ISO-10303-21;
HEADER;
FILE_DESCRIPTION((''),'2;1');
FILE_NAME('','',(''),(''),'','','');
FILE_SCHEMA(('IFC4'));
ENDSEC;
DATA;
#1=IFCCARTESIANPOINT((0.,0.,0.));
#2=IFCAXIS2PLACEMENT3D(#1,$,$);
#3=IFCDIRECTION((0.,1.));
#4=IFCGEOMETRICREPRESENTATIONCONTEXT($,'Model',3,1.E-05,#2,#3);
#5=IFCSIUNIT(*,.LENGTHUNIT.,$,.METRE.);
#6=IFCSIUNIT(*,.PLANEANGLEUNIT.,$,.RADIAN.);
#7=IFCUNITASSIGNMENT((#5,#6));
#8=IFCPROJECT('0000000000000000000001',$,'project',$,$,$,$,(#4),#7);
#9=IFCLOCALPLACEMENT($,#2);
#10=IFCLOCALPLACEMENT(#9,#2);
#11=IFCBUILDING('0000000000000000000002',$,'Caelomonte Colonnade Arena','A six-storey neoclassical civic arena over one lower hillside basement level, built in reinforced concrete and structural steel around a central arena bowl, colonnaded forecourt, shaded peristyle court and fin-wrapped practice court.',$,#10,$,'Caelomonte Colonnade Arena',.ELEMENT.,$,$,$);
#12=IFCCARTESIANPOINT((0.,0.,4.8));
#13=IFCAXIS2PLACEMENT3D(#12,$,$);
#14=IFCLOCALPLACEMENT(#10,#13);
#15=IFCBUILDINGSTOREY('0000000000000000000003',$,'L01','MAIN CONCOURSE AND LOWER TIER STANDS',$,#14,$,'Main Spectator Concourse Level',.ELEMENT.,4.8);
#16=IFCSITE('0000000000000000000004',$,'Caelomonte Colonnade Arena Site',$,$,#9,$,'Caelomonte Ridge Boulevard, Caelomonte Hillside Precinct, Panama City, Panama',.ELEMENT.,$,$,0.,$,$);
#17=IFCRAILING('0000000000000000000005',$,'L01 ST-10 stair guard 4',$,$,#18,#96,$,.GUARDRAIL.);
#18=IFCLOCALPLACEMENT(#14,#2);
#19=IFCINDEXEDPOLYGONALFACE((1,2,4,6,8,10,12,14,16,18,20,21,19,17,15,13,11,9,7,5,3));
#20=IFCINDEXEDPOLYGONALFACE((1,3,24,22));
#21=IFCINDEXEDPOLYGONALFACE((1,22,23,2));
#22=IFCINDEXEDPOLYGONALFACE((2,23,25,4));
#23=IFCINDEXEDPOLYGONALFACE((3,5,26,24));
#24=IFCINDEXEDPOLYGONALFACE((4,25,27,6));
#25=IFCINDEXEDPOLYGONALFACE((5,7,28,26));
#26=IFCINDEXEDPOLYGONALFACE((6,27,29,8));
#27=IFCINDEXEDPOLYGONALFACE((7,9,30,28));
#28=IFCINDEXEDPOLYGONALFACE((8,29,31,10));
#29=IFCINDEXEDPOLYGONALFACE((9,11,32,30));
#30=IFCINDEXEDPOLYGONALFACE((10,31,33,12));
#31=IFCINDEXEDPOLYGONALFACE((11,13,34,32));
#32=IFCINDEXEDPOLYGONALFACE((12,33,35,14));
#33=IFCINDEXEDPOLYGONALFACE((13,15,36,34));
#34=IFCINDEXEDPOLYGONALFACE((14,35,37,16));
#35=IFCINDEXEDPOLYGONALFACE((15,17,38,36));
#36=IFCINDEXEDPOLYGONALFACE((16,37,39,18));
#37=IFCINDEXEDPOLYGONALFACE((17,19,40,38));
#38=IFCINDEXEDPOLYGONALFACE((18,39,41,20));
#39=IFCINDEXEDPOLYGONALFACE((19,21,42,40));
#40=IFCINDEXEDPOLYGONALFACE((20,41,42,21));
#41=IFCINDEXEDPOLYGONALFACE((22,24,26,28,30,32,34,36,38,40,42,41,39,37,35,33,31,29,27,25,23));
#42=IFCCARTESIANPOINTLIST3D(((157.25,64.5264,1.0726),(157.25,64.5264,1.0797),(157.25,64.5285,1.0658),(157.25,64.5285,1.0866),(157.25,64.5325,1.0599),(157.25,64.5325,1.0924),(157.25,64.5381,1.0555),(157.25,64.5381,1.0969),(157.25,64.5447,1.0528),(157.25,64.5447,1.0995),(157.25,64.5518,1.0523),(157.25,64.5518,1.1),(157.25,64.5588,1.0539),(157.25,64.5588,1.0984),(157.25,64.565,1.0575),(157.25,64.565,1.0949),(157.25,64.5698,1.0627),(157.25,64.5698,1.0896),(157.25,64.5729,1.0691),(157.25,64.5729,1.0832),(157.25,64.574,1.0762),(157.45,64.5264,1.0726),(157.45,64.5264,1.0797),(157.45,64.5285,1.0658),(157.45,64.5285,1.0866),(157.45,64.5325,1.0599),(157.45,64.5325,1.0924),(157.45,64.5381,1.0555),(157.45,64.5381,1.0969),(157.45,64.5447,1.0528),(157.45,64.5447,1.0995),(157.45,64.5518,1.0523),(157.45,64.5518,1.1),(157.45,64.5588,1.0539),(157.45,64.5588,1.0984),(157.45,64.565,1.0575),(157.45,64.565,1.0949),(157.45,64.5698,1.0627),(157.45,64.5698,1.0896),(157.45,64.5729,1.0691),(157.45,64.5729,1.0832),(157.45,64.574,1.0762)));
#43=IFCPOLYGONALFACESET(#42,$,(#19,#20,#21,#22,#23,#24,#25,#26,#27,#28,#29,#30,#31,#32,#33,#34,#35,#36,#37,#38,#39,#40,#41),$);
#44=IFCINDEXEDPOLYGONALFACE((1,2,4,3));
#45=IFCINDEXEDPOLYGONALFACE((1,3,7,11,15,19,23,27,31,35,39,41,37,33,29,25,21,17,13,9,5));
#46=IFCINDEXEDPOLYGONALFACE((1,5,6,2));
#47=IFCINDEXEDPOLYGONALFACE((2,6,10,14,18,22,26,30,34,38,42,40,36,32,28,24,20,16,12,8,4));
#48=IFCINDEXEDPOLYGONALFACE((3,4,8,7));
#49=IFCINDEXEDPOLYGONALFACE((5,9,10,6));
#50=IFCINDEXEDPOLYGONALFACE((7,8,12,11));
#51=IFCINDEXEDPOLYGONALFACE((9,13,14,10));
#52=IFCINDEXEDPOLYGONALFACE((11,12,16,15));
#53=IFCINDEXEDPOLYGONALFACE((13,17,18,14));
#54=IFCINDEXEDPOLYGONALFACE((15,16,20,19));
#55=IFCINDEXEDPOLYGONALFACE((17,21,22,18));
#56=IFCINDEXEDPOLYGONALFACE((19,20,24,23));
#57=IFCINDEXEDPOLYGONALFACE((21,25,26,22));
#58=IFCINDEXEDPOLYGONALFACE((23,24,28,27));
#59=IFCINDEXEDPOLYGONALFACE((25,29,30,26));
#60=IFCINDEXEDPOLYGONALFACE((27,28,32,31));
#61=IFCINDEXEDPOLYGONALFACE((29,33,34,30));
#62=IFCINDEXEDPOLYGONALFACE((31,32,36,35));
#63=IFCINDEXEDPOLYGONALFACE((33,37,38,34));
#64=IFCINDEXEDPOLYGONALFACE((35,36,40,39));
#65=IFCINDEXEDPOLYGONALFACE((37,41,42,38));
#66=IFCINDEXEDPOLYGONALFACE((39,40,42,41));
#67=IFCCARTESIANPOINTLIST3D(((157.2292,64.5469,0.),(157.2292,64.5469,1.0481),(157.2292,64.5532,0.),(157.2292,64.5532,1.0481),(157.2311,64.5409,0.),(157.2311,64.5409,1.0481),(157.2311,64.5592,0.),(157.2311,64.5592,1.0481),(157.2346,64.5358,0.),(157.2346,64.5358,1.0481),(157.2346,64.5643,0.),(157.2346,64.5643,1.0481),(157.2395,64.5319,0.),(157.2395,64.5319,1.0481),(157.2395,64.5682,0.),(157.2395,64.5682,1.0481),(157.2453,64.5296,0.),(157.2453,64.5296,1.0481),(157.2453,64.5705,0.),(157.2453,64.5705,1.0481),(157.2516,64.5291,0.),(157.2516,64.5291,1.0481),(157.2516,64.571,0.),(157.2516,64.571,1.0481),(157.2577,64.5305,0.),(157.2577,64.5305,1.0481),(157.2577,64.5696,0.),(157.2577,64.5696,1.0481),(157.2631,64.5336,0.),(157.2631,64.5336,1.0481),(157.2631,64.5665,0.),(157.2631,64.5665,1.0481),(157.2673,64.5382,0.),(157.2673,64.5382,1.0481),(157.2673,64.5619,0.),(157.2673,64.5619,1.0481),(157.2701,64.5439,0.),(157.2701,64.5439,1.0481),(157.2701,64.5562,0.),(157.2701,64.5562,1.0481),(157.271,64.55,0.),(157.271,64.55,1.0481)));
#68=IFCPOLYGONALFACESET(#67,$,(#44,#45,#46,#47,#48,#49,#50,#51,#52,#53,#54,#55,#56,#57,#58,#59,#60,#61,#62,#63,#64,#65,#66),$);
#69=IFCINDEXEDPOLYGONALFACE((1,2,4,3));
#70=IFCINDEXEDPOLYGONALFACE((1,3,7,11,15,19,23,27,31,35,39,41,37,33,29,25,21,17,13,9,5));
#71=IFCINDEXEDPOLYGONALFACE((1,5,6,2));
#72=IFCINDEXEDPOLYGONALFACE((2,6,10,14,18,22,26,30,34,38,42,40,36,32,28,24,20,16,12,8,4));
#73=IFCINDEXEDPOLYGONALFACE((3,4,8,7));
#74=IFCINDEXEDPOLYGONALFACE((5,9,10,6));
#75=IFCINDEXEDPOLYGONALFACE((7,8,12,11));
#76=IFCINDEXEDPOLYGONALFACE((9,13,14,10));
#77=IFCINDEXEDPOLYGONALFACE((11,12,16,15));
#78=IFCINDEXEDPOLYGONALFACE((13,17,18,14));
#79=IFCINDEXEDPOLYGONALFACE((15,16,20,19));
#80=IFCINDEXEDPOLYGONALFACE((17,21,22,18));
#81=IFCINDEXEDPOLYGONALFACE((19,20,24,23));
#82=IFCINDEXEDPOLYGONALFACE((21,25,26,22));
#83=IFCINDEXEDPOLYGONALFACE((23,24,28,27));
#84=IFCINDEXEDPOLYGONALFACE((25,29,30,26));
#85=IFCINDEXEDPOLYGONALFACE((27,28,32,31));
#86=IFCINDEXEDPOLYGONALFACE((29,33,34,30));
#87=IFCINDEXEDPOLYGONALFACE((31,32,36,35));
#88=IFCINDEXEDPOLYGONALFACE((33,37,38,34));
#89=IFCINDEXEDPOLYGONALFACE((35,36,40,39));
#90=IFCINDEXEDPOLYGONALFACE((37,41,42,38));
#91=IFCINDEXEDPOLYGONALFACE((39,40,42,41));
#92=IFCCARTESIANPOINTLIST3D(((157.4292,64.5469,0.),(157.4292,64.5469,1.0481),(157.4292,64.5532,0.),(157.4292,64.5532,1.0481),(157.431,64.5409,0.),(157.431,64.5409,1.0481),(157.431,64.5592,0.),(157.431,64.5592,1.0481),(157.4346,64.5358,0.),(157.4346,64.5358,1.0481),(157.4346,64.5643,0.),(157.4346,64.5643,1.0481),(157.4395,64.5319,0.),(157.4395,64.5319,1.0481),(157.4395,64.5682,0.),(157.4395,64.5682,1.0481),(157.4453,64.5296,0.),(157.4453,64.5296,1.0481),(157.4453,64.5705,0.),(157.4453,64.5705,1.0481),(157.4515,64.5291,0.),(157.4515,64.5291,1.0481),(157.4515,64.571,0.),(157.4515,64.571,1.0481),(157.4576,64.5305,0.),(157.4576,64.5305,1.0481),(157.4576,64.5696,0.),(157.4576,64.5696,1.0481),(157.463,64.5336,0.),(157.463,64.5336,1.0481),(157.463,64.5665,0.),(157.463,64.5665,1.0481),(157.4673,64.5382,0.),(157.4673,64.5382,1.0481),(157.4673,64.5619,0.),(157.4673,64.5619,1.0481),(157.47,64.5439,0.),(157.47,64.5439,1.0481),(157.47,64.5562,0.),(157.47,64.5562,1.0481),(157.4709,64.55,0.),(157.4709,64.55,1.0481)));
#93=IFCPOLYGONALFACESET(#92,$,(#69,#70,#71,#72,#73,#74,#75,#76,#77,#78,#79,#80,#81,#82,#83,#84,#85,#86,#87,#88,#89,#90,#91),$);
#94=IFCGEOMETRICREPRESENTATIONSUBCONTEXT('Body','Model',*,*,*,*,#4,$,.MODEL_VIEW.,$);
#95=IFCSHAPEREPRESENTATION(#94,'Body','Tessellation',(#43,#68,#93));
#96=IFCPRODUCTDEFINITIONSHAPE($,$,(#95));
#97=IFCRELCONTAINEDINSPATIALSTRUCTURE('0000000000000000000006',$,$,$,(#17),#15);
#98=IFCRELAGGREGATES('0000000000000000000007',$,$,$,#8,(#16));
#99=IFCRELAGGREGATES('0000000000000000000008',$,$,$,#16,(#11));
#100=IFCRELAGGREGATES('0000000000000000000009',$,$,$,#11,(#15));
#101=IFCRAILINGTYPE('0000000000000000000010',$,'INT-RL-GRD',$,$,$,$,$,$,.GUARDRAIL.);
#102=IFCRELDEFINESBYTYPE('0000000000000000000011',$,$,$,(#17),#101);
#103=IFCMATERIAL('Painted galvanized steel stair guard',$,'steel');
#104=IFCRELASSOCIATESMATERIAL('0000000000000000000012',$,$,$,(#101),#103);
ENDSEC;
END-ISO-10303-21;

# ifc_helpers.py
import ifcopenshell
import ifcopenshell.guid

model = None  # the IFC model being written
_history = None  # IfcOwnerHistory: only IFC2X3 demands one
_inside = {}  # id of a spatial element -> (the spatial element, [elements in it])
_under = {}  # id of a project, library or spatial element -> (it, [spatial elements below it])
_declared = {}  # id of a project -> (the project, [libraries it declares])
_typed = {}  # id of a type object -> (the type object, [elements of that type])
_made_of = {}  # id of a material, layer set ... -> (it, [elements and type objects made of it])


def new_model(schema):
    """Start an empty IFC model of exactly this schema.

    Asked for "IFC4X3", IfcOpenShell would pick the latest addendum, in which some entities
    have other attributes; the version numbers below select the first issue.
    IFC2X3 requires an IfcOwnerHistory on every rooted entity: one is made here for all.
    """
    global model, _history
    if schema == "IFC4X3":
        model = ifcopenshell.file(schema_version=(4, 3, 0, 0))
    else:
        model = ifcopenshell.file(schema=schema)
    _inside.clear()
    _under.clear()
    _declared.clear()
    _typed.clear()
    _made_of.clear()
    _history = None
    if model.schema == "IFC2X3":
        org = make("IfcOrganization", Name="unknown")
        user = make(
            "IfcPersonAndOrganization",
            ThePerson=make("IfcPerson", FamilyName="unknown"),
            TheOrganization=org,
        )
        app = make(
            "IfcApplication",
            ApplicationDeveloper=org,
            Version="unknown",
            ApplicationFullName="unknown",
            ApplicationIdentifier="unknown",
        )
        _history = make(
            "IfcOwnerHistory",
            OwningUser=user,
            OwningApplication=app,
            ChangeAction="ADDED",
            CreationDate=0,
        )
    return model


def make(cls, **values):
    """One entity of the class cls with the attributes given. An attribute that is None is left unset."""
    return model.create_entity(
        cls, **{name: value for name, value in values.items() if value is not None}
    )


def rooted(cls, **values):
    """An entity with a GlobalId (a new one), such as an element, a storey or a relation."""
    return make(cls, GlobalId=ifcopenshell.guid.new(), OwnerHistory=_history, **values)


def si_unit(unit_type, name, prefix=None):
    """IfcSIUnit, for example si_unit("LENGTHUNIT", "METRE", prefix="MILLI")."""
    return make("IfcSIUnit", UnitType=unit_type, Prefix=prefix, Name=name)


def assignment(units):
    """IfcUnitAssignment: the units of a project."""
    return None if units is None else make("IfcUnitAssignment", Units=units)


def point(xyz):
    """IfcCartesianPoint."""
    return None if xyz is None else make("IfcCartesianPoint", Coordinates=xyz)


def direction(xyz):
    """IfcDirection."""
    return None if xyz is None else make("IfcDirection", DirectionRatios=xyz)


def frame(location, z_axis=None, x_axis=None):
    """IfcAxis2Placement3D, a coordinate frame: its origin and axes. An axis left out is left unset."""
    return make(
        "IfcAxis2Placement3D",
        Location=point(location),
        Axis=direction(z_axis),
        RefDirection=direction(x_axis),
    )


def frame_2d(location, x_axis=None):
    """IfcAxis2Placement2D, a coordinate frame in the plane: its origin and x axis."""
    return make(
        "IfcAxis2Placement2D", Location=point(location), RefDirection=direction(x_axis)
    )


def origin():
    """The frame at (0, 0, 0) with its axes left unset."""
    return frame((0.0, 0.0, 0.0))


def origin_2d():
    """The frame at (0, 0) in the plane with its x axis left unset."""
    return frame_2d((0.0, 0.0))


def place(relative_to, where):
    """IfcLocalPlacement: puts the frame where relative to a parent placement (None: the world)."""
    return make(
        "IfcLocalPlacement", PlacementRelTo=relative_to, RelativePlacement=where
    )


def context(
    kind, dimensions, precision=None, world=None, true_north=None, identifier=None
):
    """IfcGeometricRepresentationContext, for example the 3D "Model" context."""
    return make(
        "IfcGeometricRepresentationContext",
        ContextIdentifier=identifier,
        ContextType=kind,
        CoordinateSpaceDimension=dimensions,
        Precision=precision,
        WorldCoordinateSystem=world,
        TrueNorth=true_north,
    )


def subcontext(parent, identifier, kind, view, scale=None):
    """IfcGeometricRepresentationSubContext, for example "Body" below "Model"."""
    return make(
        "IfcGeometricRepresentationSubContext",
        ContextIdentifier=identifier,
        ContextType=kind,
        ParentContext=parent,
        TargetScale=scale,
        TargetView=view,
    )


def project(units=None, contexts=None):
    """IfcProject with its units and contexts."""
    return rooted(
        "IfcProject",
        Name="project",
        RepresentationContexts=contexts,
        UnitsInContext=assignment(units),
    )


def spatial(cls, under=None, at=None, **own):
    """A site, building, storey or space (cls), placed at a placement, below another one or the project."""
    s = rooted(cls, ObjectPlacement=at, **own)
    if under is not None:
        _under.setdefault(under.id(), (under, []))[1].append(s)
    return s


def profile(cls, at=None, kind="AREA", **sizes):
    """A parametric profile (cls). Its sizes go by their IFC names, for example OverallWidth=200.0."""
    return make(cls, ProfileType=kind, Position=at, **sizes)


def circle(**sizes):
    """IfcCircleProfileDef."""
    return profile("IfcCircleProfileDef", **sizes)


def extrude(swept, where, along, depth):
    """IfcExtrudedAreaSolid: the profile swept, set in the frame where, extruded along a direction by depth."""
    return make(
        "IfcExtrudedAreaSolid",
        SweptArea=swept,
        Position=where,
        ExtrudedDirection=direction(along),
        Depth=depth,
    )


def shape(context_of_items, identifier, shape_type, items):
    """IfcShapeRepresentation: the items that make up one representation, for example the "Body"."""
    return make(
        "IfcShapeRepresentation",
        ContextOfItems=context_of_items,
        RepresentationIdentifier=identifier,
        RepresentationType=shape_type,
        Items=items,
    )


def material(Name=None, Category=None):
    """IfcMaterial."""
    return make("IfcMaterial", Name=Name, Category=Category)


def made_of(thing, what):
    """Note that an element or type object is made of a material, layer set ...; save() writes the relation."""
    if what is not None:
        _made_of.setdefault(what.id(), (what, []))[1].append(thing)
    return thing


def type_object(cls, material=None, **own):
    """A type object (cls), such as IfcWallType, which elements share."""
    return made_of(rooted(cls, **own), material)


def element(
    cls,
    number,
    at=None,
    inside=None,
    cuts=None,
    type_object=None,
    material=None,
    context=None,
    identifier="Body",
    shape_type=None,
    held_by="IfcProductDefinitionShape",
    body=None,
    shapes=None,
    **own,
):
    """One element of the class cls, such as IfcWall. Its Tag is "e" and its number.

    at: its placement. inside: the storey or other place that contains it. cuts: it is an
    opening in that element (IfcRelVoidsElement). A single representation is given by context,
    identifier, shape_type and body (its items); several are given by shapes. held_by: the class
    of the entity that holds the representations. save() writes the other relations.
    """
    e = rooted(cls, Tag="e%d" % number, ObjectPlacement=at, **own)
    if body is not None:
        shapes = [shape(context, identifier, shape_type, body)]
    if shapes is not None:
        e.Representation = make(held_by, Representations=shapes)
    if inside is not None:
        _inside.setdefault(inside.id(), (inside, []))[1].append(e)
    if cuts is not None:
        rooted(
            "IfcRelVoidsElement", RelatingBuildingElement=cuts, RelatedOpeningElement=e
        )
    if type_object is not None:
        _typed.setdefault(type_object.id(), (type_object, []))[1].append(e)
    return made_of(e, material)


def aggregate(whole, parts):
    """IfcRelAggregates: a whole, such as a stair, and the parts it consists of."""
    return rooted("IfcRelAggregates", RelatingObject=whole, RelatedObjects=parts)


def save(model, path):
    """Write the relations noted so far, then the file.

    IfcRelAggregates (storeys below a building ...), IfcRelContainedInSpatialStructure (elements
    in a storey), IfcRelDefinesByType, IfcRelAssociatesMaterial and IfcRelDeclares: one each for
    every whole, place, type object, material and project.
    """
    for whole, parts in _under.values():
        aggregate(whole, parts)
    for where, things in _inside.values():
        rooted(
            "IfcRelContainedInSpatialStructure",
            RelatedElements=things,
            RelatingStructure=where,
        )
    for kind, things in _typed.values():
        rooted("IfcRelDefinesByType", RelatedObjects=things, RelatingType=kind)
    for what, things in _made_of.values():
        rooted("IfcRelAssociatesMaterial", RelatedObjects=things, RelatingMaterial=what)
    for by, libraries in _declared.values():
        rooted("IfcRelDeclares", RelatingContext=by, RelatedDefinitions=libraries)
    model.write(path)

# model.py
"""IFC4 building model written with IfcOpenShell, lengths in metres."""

from ifc_helpers import new_model, si_unit, direction, frame, origin, origin_2d, place, context, subcontext, project, spatial, circle, extrude, material, type_object, element, save


model = new_model("IFC4")

# Units and contexts
model_context = context("Model", 3, precision=1e-05, world=origin(), true_north=direction((0.0, 1.0)))
body_context = subcontext(model_context, "Body", "Model", "MODEL_VIEW")
ifc_project = project(units=[si_unit("LENGTHUNIT", "METRE"), si_unit("PLANEANGLEUNIT", "RADIAN")], contexts=[model_context])

# Site, building, storey
site_placement = place(None, origin())
site = spatial("IfcSite", under=ifc_project, at=site_placement, Name="Caelomonte Colonnade Arena Site", LongName="Caelomonte Ridge Boulevard, Caelomonte Hillside Precinct, Panama City, Panama", CompositionType="ELEMENT", RefElevation=0.0)
building_placement = place(site_placement, origin())
building = spatial("IfcBuilding", under=site, at=building_placement, Name="Caelomonte Colonnade Arena", Description="A six-storey neoclassical civic arena over one lower hillside basement level, built in reinforced concrete and structural steel around a central arena bowl, colonnaded forecourt, shaded peristyle court and fin-wrapped practice court.", LongName="Caelomonte Colonnade Arena", CompositionType="ELEMENT")
storey_placement = place(building_placement, frame((0.0, 0.0, 4.8)))
storey = spatial("IfcBuildingStorey", under=building, at=storey_placement, Name="L01", Description="MAIN CONCOURSE AND LOWER TIER STANDS", LongName="Main Spectator Concourse Level", CompositionType="ELEMENT", Elevation=4.8)

# Railing
ifc_material_1 = material(Name="Painted galvanized steel stair guard", Category="steel")
railing_type_1 = type_object("IfcRailingType", Name="INT-RL-GRD", PredefinedType="GUARDRAIL", material=ifc_material_1)
railing_1_placement = place(storey_placement, frame((157.25, 64.55, 0.0)))
element("IfcRailing", 1, at=railing_1_placement, inside=storey, type_object=railing_type_1, Name="L01 ST-10 stair guard 4", PredefinedType="GUARDRAIL", context=body_context, shape_type="SweptSolid", body=[
    extrude(circle(Radius=0.0239, at=origin_2d()), frame((0.0, 0.0, 1.0762), z_axis=(1.0, 0.0, 0.0), x_axis=(0.0, 1.0, 0.0)), (0.0, 0.0, 1.0), 0.2),
    extrude(circle(Radius=0.021, at=origin_2d()), origin(), (0.0, 0.0, 1.0), 1.0481),
    extrude(circle(Radius=0.021, at=origin_2d()), frame((0.2, 0.0, 0.0)), (0.0, 0.0, 1.0), 1.0481),
])

save(model, "model.ifc")
